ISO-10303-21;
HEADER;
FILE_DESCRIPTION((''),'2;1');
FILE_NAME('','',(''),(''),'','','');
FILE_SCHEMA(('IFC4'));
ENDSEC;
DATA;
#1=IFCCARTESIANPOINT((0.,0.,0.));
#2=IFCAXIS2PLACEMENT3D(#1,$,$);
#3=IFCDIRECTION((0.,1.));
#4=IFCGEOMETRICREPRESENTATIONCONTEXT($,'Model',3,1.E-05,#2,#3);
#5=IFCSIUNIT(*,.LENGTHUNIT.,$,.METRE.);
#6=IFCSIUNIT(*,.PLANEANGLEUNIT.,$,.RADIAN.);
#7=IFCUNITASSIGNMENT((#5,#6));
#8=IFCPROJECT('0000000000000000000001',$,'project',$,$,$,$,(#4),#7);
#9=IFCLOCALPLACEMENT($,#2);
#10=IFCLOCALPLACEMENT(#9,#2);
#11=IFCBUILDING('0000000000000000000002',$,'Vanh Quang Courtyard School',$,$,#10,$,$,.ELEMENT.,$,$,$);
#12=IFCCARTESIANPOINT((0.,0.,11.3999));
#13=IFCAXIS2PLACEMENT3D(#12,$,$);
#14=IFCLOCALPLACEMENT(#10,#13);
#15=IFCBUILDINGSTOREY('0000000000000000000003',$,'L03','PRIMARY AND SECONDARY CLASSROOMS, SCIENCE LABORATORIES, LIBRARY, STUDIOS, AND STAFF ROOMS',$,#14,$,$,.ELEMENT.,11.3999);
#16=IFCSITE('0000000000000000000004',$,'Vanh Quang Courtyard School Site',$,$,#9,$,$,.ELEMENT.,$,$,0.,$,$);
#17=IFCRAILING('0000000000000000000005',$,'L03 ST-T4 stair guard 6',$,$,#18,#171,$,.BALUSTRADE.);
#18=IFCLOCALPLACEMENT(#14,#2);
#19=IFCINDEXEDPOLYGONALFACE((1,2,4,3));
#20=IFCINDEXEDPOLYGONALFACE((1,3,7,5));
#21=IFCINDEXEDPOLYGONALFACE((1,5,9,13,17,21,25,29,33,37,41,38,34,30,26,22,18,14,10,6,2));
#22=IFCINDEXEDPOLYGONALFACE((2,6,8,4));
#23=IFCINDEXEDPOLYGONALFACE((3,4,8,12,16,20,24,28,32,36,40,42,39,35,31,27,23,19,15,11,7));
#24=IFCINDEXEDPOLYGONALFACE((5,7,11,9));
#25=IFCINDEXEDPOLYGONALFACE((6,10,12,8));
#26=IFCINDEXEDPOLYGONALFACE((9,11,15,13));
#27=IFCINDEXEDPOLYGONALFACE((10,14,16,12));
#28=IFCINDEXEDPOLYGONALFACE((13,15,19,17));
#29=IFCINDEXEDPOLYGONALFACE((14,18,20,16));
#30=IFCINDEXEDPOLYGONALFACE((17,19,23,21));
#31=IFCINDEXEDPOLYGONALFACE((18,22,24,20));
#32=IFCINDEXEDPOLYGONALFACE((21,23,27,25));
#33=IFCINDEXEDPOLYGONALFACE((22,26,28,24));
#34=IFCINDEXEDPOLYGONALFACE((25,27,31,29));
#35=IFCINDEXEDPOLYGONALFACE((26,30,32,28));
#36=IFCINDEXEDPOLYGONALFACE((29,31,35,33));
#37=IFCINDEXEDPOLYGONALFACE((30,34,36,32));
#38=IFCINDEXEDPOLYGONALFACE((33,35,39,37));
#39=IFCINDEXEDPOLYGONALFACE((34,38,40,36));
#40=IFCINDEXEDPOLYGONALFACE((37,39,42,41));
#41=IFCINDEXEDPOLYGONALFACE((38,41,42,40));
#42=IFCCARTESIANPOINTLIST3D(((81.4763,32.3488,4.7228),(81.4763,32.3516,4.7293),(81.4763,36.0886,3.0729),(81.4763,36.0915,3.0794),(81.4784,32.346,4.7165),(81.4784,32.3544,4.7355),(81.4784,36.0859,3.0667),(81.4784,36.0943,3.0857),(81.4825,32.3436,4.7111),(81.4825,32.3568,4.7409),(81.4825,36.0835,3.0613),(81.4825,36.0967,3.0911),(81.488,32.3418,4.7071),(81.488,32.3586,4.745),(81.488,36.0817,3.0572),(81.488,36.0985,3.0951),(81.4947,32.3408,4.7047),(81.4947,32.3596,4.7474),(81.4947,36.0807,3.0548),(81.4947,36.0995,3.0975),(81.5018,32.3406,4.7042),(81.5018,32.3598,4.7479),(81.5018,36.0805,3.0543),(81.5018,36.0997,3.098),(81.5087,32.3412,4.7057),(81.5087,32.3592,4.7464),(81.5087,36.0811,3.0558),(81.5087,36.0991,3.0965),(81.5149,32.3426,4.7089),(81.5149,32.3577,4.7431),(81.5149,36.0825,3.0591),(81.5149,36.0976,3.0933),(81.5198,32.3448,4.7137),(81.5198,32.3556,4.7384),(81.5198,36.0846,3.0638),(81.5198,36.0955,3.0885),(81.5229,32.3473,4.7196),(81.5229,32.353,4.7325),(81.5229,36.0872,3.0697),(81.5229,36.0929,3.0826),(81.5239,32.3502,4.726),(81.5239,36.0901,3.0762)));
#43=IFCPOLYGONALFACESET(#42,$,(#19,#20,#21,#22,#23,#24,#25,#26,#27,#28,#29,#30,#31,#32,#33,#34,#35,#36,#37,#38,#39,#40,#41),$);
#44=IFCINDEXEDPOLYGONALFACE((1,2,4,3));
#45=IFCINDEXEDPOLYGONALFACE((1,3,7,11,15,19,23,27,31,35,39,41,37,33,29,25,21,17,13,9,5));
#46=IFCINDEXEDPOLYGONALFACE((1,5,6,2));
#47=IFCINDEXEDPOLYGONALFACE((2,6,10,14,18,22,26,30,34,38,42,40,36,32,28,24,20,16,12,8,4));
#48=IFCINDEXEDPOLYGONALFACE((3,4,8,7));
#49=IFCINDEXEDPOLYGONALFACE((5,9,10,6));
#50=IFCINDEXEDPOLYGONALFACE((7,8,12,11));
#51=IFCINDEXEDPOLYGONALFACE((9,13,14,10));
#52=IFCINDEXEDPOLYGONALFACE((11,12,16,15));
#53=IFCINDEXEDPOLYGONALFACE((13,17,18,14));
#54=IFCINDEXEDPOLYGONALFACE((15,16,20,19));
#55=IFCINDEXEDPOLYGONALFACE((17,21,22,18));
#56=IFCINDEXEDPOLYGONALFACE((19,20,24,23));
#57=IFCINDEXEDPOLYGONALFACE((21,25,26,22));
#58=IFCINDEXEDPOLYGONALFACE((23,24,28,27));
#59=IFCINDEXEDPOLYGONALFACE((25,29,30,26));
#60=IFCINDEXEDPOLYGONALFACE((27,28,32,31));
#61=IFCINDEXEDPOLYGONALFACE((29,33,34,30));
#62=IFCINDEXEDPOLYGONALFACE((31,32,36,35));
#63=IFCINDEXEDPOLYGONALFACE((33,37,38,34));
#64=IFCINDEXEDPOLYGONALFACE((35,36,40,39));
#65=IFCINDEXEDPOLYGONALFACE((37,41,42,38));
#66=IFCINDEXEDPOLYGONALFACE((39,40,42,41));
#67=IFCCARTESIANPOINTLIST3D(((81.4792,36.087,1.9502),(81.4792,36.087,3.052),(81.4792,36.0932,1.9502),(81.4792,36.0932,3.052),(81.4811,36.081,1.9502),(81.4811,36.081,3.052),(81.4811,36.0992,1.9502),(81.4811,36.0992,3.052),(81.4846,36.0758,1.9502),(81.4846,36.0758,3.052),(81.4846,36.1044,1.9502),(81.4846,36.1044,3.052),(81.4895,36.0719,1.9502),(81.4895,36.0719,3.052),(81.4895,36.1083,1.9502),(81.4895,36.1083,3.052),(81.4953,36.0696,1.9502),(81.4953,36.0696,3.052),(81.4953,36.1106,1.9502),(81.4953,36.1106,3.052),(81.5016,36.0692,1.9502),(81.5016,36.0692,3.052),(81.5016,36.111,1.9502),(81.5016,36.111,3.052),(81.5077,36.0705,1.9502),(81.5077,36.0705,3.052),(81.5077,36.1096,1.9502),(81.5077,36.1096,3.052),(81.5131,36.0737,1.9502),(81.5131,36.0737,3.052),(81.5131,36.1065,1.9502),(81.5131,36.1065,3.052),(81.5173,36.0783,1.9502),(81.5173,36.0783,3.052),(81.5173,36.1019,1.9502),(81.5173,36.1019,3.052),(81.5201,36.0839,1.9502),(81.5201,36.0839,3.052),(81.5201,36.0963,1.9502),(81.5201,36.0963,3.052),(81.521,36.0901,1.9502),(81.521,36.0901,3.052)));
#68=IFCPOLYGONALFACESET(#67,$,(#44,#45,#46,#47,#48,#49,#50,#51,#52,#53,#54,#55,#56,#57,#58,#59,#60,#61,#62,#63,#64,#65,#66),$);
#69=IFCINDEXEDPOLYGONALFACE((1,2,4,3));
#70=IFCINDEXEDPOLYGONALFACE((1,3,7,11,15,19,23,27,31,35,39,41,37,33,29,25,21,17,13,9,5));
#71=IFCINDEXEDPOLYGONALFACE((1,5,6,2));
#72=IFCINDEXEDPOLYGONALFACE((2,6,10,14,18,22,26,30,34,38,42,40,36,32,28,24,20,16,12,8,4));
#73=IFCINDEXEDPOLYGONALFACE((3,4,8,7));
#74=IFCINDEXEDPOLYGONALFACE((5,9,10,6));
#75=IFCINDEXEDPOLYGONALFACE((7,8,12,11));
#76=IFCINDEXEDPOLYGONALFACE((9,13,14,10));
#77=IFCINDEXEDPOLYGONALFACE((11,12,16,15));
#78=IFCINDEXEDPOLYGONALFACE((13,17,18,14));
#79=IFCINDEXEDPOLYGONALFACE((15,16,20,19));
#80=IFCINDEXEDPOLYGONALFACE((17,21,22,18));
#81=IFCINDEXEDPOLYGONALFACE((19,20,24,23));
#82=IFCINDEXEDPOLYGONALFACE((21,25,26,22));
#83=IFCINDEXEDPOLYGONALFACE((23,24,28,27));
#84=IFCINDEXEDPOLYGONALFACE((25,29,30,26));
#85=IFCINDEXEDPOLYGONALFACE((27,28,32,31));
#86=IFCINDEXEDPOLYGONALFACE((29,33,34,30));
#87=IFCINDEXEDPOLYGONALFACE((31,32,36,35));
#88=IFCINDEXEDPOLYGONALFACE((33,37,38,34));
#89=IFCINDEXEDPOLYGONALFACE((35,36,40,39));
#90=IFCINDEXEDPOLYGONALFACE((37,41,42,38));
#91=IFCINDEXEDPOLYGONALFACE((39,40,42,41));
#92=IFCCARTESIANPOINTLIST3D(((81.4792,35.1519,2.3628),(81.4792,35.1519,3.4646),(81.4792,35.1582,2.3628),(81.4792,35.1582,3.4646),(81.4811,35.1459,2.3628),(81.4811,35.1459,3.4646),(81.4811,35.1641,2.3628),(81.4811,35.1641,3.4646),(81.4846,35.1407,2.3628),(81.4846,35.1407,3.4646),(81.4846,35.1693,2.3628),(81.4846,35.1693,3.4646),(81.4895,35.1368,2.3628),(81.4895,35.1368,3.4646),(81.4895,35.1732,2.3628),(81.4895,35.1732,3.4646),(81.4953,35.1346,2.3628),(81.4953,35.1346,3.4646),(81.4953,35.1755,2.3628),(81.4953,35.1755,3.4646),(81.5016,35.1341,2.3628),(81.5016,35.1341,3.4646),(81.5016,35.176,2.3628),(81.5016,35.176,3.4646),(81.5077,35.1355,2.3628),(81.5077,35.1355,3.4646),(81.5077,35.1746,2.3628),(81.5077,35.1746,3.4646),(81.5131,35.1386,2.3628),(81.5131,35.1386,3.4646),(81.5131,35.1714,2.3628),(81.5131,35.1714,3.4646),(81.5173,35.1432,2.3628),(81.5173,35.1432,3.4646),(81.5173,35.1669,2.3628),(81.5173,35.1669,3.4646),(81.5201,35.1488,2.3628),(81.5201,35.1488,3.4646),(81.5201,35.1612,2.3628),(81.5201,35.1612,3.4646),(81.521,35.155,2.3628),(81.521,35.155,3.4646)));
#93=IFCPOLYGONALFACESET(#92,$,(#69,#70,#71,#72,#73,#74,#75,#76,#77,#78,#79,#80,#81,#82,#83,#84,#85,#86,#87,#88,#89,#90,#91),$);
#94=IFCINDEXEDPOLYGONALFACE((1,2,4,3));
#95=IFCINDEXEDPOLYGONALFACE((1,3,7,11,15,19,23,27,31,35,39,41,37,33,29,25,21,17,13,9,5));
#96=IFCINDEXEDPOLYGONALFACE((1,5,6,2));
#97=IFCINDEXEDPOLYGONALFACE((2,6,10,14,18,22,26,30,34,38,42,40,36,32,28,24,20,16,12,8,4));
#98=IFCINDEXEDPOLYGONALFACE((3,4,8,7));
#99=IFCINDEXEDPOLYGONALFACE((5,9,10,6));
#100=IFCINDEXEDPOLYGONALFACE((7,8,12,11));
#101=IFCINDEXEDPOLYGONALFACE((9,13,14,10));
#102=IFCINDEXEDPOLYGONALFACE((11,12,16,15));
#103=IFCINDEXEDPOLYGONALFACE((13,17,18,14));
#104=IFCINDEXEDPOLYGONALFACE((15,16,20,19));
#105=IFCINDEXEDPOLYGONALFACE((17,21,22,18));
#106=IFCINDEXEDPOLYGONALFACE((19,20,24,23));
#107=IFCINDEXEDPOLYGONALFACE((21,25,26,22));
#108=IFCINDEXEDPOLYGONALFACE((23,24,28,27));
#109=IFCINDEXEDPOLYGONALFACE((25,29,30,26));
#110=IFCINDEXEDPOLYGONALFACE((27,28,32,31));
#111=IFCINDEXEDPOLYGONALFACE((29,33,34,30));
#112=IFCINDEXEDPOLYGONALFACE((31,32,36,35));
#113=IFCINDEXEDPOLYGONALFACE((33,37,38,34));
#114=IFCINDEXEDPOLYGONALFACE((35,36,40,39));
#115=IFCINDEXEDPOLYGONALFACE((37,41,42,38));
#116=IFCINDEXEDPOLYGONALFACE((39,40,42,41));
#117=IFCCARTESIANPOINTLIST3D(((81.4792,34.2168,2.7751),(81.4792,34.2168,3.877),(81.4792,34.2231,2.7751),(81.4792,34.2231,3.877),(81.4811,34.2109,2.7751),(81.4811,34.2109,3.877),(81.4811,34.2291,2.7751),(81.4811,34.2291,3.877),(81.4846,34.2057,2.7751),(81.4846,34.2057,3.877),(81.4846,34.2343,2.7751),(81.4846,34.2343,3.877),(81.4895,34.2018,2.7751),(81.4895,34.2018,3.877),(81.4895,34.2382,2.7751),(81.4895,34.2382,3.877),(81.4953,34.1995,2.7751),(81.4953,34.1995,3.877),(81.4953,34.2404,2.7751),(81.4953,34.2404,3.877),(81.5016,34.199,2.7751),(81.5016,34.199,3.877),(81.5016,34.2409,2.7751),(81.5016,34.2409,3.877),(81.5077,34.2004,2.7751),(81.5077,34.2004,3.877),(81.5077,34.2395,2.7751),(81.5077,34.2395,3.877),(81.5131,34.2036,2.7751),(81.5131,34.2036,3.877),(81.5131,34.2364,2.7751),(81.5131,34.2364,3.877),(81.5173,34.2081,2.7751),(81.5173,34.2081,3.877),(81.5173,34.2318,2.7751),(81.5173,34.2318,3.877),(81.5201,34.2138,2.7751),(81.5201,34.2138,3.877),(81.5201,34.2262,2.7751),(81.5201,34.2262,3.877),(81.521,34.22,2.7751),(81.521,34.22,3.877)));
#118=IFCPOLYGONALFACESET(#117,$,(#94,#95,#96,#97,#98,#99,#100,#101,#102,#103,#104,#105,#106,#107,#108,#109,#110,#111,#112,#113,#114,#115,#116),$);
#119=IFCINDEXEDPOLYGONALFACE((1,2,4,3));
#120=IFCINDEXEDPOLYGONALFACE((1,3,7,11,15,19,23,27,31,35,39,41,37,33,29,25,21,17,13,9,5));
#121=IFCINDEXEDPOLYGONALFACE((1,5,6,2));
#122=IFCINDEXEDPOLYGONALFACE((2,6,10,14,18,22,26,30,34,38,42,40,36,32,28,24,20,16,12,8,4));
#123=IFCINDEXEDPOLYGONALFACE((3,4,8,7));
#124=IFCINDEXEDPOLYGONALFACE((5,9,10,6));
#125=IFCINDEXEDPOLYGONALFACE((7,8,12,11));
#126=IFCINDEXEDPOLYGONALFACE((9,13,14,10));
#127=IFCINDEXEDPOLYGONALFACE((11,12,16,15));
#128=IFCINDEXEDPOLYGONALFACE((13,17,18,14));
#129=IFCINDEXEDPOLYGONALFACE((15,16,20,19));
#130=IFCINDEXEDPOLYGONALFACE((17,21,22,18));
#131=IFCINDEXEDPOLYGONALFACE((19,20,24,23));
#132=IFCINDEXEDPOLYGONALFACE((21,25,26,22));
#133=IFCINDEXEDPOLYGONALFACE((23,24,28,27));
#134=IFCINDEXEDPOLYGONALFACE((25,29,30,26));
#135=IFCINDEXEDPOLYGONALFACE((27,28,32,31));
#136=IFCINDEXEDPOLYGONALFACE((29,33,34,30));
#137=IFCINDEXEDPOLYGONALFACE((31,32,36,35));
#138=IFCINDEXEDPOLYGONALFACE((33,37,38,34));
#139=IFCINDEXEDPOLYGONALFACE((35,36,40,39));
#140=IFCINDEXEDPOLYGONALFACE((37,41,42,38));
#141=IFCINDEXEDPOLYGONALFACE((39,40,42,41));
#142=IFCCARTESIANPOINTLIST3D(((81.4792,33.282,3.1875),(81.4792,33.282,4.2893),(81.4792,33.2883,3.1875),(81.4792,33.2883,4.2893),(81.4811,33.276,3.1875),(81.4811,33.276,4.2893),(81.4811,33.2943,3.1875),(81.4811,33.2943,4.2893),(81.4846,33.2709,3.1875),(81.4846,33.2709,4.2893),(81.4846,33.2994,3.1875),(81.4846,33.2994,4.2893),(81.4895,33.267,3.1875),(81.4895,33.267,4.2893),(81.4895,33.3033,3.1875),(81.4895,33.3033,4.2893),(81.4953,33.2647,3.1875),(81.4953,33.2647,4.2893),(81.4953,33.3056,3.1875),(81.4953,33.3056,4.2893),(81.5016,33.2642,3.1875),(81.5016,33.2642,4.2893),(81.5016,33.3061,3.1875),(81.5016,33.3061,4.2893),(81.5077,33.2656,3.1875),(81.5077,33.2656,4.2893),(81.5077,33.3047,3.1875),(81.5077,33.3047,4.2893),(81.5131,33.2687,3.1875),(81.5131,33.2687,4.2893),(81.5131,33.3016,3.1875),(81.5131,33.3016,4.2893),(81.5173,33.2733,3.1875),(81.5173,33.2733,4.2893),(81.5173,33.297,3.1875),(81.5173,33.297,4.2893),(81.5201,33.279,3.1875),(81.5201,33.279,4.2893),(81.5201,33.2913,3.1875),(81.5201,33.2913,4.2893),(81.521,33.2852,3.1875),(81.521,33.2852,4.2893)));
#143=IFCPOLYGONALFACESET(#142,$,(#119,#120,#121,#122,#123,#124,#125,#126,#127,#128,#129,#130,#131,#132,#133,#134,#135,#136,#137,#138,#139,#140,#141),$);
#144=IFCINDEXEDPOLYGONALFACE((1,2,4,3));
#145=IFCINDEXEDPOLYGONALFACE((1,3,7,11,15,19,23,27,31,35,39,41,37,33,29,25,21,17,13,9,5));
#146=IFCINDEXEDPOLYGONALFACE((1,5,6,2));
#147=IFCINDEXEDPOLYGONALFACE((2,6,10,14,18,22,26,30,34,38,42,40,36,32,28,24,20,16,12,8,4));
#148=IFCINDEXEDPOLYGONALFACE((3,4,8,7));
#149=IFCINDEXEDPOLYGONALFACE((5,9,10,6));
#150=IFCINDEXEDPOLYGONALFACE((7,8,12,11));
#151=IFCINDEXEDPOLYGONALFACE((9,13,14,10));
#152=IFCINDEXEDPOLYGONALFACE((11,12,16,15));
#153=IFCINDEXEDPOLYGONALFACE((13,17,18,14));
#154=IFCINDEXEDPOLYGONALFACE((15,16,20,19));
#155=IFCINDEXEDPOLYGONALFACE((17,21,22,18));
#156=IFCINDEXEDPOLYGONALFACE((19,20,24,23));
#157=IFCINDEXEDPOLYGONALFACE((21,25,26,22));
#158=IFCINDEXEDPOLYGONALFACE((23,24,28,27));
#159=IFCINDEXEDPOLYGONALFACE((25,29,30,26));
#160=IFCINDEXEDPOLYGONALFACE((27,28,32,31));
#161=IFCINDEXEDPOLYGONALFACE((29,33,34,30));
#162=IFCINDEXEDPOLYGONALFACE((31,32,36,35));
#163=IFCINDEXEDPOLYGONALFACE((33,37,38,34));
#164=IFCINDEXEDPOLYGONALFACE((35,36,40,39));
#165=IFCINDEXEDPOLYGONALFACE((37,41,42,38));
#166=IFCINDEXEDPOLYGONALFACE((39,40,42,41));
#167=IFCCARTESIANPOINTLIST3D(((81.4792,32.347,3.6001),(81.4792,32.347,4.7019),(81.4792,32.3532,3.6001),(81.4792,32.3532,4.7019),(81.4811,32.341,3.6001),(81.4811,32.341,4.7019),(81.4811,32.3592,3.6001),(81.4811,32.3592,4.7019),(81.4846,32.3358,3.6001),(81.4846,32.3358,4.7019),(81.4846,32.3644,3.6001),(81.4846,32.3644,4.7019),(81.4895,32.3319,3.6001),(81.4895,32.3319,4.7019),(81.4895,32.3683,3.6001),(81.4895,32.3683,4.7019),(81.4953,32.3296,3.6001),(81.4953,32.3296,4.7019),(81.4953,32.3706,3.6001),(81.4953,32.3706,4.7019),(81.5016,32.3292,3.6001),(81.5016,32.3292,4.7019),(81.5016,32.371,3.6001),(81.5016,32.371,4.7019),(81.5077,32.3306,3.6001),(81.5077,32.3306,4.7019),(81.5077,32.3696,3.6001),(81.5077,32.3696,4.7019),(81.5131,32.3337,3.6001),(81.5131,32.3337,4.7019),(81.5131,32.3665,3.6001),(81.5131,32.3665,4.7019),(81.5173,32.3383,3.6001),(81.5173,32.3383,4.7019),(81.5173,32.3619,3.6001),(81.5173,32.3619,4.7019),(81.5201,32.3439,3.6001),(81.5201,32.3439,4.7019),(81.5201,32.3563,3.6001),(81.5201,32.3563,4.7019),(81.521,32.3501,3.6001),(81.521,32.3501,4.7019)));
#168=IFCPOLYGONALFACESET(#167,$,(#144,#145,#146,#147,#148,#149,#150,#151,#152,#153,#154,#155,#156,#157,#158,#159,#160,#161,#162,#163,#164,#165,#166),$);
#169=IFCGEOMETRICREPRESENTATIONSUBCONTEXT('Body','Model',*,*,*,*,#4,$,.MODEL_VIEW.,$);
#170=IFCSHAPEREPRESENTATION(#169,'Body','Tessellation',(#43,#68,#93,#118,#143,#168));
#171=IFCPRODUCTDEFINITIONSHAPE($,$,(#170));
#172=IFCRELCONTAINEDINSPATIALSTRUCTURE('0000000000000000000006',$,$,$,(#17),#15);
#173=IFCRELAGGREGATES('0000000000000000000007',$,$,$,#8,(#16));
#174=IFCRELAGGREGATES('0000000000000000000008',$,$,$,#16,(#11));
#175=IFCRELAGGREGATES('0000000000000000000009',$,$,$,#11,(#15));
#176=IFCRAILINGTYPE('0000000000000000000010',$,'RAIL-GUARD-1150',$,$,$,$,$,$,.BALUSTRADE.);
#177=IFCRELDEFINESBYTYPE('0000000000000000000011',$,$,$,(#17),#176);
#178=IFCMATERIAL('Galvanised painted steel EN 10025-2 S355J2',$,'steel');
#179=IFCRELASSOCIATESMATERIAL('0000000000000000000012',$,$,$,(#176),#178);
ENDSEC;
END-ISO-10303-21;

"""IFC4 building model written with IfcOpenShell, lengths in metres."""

from ifc_helpers import new_model, si_unit, direction, frame, origin, origin_2d, place, context, subcontext, project, spatial, circle, extrude, material, type_object, element, save


model = new_model("IFC4")

# Units and contexts
model_context = context("Model", 3, precision=1e-05, world=origin(), true_north=direction((0.0, 1.0)))
body_context = subcontext(model_context, "Body", "Model", "MODEL_VIEW")
ifc_project = project(units=[si_unit("LENGTHUNIT", "METRE"), si_unit("PLANEANGLEUNIT", "RADIAN")], contexts=[model_context])

# Site, building, storey
site_placement = place(None, origin())
site = spatial("IfcSite", under=ifc_project, at=site_placement, Name="Vanh Quang Courtyard School Site", CompositionType="ELEMENT", RefElevation=0.0)
building_placement = place(site_placement, origin())
building = spatial("IfcBuilding", under=site, at=building_placement, Name="Vanh Quang Courtyard School", CompositionType="ELEMENT")
storey_placement = place(building_placement, frame((0.0, 0.0, 11.3999)))
storey = spatial("IfcBuildingStorey", under=building, at=storey_placement, Name="L03", Description="PRIMARY AND SECONDARY CLASSROOMS, SCIENCE LABORATORIES, LIBRARY, STUDIOS, AND STAFF ROOMS", CompositionType="ELEMENT", Elevation=11.3999)

# Railing
ifc_material_1 = material(Name="Galvanised painted steel EN 10025-2 S355J2", Category="steel")
railing_type_1 = type_object("IfcRailingType", Name="RAIL-GUARD-1150", PredefinedType="BALUSTRADE", material=ifc_material_1)
railing_1_placement = place(storey_placement, frame((81.5, 36.0901, 1.9502)))
element("IfcRailing", 1, at=railing_1_placement, inside=storey, type_object=railing_type_1, Name="L03 ST-T4 stair guard 6", PredefinedType="BALUSTRADE", context=body_context, shape_type="SweptSolid", body=[
    extrude(circle(Radius=0.0239, at=origin_2d()), frame((0.0, 0.0, 1.126), z_axis=(0.0, -0.914926, 0.403621), x_axis=(1.0, 0.0, 0.0)), (0.0, 0.0, 1.0), 4.0876),
    extrude(circle(Radius=0.021, at=origin_2d()), origin(), (0.0, 0.0, 1.0), 1.1018),
    extrude(circle(Radius=0.021, at=origin_2d()), frame((0.0, -0.9351, 0.4126)), (0.0, 0.0, 1.0), 1.1018),
    extrude(circle(Radius=0.021, at=origin_2d()), frame((0.0, -1.8701, 0.825)), (0.0, 0.0, 1.0), 1.1018),
    extrude(circle(Radius=0.021, at=origin_2d()), frame((0.0, -2.8049, 1.2373)), (0.0, 0.0, 1.0), 1.1018),
    extrude(circle(Radius=0.021, at=origin_2d()), frame((0.0, -3.74, 1.6499)), (0.0, 0.0, 1.0), 1.1018),
])

save(model, "model.ifc")
